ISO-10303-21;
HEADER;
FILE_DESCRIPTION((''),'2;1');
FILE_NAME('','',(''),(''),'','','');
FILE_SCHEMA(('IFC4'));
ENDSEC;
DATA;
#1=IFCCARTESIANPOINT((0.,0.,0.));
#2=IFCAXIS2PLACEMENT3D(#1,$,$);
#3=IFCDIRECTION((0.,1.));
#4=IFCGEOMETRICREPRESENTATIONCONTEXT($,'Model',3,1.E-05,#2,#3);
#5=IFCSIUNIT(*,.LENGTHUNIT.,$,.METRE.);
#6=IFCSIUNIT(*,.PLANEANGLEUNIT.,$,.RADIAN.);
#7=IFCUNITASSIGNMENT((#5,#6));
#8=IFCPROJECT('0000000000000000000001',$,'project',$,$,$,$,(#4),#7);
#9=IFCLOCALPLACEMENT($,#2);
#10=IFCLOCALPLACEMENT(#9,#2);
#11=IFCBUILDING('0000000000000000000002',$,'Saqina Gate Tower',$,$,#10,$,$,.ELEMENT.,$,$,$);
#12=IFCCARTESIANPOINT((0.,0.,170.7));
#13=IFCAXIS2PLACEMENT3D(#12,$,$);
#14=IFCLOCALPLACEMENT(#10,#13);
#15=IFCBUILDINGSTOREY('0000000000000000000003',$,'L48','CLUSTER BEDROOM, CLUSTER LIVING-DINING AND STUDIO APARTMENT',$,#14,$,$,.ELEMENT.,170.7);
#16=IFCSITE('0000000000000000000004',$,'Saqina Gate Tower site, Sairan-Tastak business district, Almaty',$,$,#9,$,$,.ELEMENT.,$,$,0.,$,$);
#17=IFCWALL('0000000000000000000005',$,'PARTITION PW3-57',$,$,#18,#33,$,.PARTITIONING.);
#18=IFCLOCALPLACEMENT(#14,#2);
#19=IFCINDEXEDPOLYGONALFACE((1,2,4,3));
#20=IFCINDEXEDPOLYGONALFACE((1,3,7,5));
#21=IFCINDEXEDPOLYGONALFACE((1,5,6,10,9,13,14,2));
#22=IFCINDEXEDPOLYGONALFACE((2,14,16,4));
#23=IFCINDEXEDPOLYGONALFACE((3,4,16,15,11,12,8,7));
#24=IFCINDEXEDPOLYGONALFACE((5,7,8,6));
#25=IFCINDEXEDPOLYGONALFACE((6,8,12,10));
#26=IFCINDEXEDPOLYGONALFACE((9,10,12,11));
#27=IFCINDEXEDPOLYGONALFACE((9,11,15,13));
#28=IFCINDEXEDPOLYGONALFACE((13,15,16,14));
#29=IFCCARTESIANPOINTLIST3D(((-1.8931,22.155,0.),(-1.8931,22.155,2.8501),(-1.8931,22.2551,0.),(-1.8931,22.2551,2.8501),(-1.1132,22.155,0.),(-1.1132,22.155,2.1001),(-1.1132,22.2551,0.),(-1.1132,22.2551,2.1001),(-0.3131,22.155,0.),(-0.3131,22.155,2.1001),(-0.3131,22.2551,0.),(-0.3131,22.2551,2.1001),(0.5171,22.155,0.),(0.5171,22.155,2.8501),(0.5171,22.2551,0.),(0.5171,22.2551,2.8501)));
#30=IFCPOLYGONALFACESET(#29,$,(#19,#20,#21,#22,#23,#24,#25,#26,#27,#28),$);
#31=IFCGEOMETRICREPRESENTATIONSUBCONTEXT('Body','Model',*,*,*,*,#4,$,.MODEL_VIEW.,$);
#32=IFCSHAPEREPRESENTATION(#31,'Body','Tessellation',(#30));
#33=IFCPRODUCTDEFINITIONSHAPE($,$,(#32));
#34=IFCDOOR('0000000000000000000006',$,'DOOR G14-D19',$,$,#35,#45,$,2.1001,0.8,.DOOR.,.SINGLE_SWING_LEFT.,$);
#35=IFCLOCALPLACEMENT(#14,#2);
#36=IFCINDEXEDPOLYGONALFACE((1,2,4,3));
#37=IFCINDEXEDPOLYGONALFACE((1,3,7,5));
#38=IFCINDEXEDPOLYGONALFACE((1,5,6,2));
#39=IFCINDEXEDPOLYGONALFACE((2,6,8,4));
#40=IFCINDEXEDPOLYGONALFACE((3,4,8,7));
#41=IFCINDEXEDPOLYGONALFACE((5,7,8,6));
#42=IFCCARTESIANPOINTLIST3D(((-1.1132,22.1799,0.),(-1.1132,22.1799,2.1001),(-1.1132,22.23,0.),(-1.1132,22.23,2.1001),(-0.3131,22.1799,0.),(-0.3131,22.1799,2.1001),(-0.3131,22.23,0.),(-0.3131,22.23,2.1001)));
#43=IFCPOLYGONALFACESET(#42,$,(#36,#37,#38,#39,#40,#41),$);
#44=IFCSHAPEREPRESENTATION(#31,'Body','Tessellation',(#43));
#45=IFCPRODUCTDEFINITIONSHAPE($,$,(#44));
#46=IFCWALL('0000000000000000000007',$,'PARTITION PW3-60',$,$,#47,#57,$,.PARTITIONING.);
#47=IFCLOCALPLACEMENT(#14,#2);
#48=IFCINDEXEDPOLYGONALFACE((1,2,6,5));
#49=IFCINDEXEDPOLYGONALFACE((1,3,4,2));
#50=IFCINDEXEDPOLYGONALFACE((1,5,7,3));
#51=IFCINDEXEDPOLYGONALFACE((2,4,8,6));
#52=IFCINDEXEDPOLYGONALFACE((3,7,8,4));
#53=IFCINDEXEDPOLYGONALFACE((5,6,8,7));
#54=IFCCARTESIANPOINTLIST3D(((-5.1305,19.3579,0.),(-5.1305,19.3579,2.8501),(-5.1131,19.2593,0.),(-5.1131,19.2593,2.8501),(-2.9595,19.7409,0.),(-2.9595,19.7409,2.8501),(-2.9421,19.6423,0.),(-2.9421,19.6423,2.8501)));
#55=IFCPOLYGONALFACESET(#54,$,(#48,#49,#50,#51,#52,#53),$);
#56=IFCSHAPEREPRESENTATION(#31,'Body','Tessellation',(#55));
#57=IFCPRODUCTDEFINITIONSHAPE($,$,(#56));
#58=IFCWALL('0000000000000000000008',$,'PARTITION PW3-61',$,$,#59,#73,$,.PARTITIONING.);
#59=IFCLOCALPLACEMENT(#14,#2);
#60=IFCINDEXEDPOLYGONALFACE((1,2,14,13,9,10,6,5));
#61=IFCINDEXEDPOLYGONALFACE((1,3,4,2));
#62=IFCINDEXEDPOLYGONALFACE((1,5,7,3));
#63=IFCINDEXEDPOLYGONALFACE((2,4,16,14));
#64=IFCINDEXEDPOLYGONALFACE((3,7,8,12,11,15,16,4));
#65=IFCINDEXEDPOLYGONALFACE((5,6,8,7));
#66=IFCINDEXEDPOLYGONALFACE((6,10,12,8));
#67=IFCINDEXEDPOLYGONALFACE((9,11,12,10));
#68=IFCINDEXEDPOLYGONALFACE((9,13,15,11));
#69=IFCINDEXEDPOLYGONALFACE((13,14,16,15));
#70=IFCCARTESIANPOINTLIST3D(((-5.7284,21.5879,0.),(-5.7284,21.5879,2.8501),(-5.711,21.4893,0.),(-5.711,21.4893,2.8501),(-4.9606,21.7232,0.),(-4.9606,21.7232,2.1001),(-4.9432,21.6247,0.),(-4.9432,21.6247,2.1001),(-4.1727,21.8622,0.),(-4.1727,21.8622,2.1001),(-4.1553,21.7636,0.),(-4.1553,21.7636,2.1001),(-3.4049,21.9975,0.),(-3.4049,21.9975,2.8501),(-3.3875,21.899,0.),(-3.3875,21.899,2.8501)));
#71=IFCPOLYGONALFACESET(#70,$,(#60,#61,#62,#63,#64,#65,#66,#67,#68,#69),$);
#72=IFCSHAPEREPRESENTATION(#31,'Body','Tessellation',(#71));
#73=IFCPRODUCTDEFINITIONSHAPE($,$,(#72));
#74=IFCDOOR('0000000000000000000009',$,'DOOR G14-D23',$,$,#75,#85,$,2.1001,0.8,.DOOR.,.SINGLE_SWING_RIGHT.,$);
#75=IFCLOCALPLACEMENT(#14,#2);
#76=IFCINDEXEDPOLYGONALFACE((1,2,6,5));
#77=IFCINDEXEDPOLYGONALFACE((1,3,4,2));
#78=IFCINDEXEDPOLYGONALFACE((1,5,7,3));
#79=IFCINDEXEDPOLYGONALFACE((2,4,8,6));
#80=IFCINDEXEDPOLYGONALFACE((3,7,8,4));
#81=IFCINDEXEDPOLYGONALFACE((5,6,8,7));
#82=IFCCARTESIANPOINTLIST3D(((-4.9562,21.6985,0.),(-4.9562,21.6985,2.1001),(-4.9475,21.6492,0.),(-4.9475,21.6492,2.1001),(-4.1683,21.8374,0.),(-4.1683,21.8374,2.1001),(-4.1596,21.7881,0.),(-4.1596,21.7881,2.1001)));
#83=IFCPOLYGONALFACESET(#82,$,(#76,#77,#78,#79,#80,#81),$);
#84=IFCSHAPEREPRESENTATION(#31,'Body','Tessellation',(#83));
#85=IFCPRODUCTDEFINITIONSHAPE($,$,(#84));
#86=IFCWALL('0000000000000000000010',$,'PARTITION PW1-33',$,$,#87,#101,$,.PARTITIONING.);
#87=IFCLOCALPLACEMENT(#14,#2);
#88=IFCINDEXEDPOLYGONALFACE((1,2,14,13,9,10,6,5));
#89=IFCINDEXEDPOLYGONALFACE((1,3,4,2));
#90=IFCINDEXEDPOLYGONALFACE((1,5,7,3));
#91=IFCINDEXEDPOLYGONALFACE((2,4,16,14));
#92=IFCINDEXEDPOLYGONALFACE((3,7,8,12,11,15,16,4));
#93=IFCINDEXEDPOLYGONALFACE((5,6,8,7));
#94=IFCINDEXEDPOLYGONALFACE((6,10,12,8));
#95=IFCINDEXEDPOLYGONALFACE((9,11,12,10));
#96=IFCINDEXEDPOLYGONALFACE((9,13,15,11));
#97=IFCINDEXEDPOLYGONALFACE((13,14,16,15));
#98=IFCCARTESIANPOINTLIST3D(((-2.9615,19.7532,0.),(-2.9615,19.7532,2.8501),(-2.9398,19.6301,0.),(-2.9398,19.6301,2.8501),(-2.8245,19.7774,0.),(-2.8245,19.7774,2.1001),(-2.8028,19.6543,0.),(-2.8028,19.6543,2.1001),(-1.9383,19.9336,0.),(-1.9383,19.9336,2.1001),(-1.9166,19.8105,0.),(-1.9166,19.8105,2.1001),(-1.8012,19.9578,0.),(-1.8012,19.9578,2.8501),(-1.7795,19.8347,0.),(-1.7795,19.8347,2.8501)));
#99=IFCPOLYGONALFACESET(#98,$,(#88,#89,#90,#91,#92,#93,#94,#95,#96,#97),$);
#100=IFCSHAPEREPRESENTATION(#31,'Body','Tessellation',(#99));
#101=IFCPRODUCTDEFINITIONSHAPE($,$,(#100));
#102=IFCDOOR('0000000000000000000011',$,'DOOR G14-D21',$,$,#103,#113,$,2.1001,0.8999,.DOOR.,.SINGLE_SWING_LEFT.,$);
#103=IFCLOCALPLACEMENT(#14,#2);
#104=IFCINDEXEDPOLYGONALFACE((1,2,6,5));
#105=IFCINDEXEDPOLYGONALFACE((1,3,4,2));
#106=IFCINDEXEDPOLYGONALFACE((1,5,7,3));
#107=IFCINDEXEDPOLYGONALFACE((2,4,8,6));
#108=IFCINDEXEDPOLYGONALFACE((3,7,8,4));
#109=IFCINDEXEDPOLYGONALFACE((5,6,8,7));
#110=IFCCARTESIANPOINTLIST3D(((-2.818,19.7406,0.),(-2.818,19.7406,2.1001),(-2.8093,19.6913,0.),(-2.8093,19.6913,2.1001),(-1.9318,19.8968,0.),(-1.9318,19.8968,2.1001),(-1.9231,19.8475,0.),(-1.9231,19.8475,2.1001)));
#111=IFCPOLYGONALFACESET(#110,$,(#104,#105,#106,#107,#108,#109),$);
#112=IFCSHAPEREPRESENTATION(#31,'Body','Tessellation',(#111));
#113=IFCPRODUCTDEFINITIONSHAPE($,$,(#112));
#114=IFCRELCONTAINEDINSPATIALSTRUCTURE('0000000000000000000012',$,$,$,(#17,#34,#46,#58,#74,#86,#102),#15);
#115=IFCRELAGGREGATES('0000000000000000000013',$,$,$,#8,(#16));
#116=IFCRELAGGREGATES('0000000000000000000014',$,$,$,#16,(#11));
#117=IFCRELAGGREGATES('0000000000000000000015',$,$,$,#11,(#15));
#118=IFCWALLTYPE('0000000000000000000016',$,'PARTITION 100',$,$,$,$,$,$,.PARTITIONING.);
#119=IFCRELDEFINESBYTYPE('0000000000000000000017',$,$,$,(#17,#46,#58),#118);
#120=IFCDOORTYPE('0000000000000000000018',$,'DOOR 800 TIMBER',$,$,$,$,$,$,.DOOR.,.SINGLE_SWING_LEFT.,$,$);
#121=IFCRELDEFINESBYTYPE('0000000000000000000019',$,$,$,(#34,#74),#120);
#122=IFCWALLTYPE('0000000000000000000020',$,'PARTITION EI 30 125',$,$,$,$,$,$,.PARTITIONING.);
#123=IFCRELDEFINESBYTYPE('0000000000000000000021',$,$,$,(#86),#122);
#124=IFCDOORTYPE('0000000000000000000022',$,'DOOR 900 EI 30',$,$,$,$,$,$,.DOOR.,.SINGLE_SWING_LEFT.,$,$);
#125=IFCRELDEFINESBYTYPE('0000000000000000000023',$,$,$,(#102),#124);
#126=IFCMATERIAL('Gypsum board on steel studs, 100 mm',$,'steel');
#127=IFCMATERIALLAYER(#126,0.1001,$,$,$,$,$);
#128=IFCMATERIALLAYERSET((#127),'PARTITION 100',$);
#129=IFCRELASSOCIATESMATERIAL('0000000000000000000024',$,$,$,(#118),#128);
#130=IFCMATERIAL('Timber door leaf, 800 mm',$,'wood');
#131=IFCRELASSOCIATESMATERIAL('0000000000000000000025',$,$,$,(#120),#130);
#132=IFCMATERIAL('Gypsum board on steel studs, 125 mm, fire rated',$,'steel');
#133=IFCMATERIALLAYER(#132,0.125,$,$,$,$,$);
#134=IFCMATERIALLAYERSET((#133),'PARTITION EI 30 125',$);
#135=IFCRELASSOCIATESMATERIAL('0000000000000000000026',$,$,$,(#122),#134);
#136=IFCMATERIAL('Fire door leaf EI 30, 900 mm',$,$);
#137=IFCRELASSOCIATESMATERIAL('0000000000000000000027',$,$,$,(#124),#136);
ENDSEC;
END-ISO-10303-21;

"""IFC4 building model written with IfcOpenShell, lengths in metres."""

from ifc_helpers import new_model, si_unit, direction, frame, frame_2d, origin, place, context, subcontext, project, spatial, rectangle, extrude, material, layer, layer_set, type_object, element, fill, save


model = new_model("IFC4")

# Units and contexts
model_context = context("Model", 3, precision=1e-05, world=origin(), true_north=direction((0.0, 1.0)))
body_context = subcontext(model_context, "Body", "Model", "MODEL_VIEW")
ifc_project = project(units=[si_unit("LENGTHUNIT", "METRE"), si_unit("PLANEANGLEUNIT", "RADIAN")], contexts=[model_context])

# Site, building, storey
site_placement = place(None, origin())
site = spatial("IfcSite", under=ifc_project, at=site_placement, Name="Saqina Gate Tower site, Sairan-Tastak business district, Almaty", CompositionType="ELEMENT", RefElevation=0.0)
building_placement = place(site_placement, origin())
building = spatial("IfcBuilding", under=site, at=building_placement, Name="Saqina Gate Tower", CompositionType="ELEMENT")
storey_placement = place(building_placement, frame((0.0, 0.0, 170.7)))
storey = spatial("IfcBuildingStorey", under=building, at=storey_placement, Name="L48", Description="CLUSTER BEDROOM, CLUSTER LIVING-DINING AND STUDIO APARTMENT", CompositionType="ELEMENT", Elevation=170.7)

# Shared definitions
ifc_material_1 = material(Name="Gypsum board on steel studs, 100 mm", Category="steel")
ifc_layer_1 = layer(ifc_material_1, 0.1001)
ifc_layer_set_1 = layer_set([ifc_layer_1], Name="PARTITION 100")
wall_type_1 = type_object("IfcWallType", Name="PARTITION 100", PredefinedType="PARTITIONING", material=ifc_layer_set_1)

# Shared definitions
ifc_material_2 = material(Name="Timber door leaf, 800 mm", Category="wood")
door_type_1 = type_object("IfcDoorType", Name="DOOR 800 TIMBER", OperationType="SINGLE_SWING_LEFT", PredefinedType="DOOR", material=ifc_material_2)

# Wall, opening, door
wall_1_placement = place(storey_placement, frame((-1.8931, 22.2051, 0.0), z_axis=(0.0, 0.0, 1.0), x_axis=(1.0, 0.0, 0.0)))
wall_1 = element("IfcWall", 1, at=wall_1_placement, inside=storey, type_object=wall_type_1, Name="PARTITION PW3-57", PredefinedType="PARTITIONING", context=body_context, shape_type="SweptSolid", body=[
    extrude(rectangle(XDim=2.4102, YDim=0.1001, at=frame_2d((1.2051, 0.0))), origin(), (0.0, 0.0, 1.0), 2.8501),
])
opening_1_placement = place(wall_1_placement, frame((0.78, 0.0, 0.0)))
opening_1 = element("IfcOpeningElement", 2, at=opening_1_placement, cuts=wall_1, PredefinedType="OPENING", context=body_context, shape_type="SweptSolid", body=[
    extrude(rectangle(XDim=0.8, YDim=2.1001, at=frame_2d((0.3999, 1.05))), frame((0.0, 0.062, 0.0), z_axis=(0.0, -1.0, 0.0), x_axis=(1.0, 0.0, 0.0)), (0.0, 0.0, 1.0), 0.124),
])
door_1_placement = place(opening_1_placement, origin())
door_1 = element("IfcDoor", 3, at=door_1_placement, inside=storey, type_object=door_type_1, Name="DOOR G14-D19", OperationType="SINGLE_SWING_LEFT", OverallHeight=2.1001, OverallWidth=0.8, PredefinedType="DOOR", context=body_context, shape_type="SweptSolid", body=[
    extrude(rectangle(XDim=0.8, YDim=2.1001, at=frame_2d((0.3999, 1.05))), frame((0.0, 0.0249, 0.0), z_axis=(0.0, -1.0, 0.0), x_axis=(1.0, 0.0, 0.0)), (0.0, 0.0, 1.0), 0.05),
])
fill(opening_1, door_1)

# Wall
wall_2_placement = place(storey_placement, frame((-5.1218, 19.3086, 0.0), z_axis=(0.0, 0.0, 1.0), x_axis=(0.98479, 0.173747, 0.0)))
element("IfcWall", 4, at=wall_2_placement, inside=storey, type_object=wall_type_1, Name="PARTITION PW3-60", PredefinedType="PARTITIONING", context=body_context, shape_type="SweptSolid", body=[
    extrude(rectangle(XDim=2.2046, YDim=0.1001, at=frame_2d((1.1023, 0.0))), origin(), (0.0, 0.0, 1.0), 2.8501),
])

# Walls, openings, doors
wall_3_placement = place(storey_placement, frame((-5.7197, 21.5386, 0.0), z_axis=(0.0, 0.0, 1.0), x_axis=(0.98481, 0.173638, 0.0)))
wall_3 = element("IfcWall", 5, at=wall_3_placement, inside=storey, type_object=wall_type_1, Name="PARTITION PW3-61", PredefinedType="PARTITIONING", context=body_context, shape_type="SweptSolid", body=[
    extrude(rectangle(XDim=2.3594, YDim=0.1001, at=frame_2d((1.1797, 0.0))), origin(), (0.0, 0.0, 1.0), 2.8501),
])
opening_2_placement = place(wall_3_placement, frame((0.7798, 0.0, 0.0)))
opening_2 = element("IfcOpeningElement", 6, at=opening_2_placement, cuts=wall_3, PredefinedType="OPENING", context=body_context, shape_type="SweptSolid", body=[
    extrude(rectangle(XDim=0.8, YDim=2.1001, at=frame_2d((0.3999, 1.05))), frame((0.0, 0.062, 0.0), z_axis=(0.0, -1.0, 0.0), x_axis=(1.0, 0.0, 0.0)), (0.0, 0.0, 1.0), 0.124),
])
door_2_placement = place(opening_2_placement, origin())
door_2 = element("IfcDoor", 7, at=door_2_placement, inside=storey, type_object=door_type_1, Name="DOOR G14-D23", OperationType="SINGLE_SWING_RIGHT", OverallHeight=2.1001, OverallWidth=0.8, PredefinedType="DOOR", context=body_context, shape_type="SweptSolid", body=[
    extrude(rectangle(XDim=0.8, YDim=2.1001, at=frame_2d((0.3999, 1.05))), frame((0.0, 0.0249, 0.0), z_axis=(0.0, -1.0, 0.0), x_axis=(1.0, 0.0, 0.0)), (0.0, 0.0, 1.0), 0.05),
])
fill(opening_2, door_2)
ifc_material_3 = material(Name="Gypsum board on steel studs, 125 mm, fire rated", Category="steel")
ifc_layer_2 = layer(ifc_material_3, 0.125)
ifc_layer_set_2 = layer_set([ifc_layer_2], Name="PARTITION EI 30 125")
wall_type_2 = type_object("IfcWallType", Name="PARTITION EI 30 125", PredefinedType="PARTITIONING", material=ifc_layer_set_2)
wall_4_placement = place(storey_placement, frame((-2.9507, 19.6917, 0.0), z_axis=(0.0, 0.0, 1.0), x_axis=(0.984811, 0.173632, 0.0)))
wall_4 = element("IfcWall", 8, at=wall_4_placement, inside=storey, type_object=wall_type_2, Name="PARTITION PW1-33", PredefinedType="PARTITIONING", context=body_context, shape_type="SweptSolid", body=[
    extrude(rectangle(XDim=1.1782, YDim=0.125, at=frame_2d((0.5891, 0.0))), origin(), (0.0, 0.0, 1.0), 2.8501),
])
opening_3_placement = place(wall_4_placement, frame((0.1392, 0.0, 0.0)))
opening_3 = element("IfcOpeningElement", 9, at=opening_3_placement, cuts=wall_4, PredefinedType="OPENING", context=body_context, shape_type="SweptSolid", body=[
    extrude(rectangle(XDim=0.8999, YDim=2.1001, at=frame_2d((0.45, 1.05))), frame((0.0, 0.0745, 0.0), z_axis=(0.0, -1.0, 0.0), x_axis=(1.0, 0.0, 0.0)), (0.0, 0.0, 1.0), 0.1489),
])
ifc_material_4 = material(Name="Fire door leaf EI 30, 900 mm")
door_type_2 = type_object("IfcDoorType", Name="DOOR 900 EI 30", OperationType="SINGLE_SWING_LEFT", PredefinedType="DOOR", material=ifc_material_4)
door_3_placement = place(opening_3_placement, frame((0.8999, 0.0, 0.0), z_axis=(0.0, 0.0, 1.0), x_axis=(-1.0, 0.0, 0.0)))
door_3 = element("IfcDoor", 10, at=door_3_placement, inside=storey, type_object=door_type_2, Name="DOOR G14-D21", OperationType="SINGLE_SWING_LEFT", OverallHeight=2.1001, OverallWidth=0.8999, PredefinedType="DOOR", context=body_context, shape_type="SweptSolid", body=[
    extrude(rectangle(XDim=0.8999, YDim=2.1001, at=frame_2d((0.45, 1.05))), frame((0.0, 0.0249, 0.0), z_axis=(0.0, -1.0, 0.0), x_axis=(1.0, 0.0, 0.0)), (0.0, 0.0, 1.0), 0.05),
])
fill(opening_3, door_3)

save(model, "model.ifc")
